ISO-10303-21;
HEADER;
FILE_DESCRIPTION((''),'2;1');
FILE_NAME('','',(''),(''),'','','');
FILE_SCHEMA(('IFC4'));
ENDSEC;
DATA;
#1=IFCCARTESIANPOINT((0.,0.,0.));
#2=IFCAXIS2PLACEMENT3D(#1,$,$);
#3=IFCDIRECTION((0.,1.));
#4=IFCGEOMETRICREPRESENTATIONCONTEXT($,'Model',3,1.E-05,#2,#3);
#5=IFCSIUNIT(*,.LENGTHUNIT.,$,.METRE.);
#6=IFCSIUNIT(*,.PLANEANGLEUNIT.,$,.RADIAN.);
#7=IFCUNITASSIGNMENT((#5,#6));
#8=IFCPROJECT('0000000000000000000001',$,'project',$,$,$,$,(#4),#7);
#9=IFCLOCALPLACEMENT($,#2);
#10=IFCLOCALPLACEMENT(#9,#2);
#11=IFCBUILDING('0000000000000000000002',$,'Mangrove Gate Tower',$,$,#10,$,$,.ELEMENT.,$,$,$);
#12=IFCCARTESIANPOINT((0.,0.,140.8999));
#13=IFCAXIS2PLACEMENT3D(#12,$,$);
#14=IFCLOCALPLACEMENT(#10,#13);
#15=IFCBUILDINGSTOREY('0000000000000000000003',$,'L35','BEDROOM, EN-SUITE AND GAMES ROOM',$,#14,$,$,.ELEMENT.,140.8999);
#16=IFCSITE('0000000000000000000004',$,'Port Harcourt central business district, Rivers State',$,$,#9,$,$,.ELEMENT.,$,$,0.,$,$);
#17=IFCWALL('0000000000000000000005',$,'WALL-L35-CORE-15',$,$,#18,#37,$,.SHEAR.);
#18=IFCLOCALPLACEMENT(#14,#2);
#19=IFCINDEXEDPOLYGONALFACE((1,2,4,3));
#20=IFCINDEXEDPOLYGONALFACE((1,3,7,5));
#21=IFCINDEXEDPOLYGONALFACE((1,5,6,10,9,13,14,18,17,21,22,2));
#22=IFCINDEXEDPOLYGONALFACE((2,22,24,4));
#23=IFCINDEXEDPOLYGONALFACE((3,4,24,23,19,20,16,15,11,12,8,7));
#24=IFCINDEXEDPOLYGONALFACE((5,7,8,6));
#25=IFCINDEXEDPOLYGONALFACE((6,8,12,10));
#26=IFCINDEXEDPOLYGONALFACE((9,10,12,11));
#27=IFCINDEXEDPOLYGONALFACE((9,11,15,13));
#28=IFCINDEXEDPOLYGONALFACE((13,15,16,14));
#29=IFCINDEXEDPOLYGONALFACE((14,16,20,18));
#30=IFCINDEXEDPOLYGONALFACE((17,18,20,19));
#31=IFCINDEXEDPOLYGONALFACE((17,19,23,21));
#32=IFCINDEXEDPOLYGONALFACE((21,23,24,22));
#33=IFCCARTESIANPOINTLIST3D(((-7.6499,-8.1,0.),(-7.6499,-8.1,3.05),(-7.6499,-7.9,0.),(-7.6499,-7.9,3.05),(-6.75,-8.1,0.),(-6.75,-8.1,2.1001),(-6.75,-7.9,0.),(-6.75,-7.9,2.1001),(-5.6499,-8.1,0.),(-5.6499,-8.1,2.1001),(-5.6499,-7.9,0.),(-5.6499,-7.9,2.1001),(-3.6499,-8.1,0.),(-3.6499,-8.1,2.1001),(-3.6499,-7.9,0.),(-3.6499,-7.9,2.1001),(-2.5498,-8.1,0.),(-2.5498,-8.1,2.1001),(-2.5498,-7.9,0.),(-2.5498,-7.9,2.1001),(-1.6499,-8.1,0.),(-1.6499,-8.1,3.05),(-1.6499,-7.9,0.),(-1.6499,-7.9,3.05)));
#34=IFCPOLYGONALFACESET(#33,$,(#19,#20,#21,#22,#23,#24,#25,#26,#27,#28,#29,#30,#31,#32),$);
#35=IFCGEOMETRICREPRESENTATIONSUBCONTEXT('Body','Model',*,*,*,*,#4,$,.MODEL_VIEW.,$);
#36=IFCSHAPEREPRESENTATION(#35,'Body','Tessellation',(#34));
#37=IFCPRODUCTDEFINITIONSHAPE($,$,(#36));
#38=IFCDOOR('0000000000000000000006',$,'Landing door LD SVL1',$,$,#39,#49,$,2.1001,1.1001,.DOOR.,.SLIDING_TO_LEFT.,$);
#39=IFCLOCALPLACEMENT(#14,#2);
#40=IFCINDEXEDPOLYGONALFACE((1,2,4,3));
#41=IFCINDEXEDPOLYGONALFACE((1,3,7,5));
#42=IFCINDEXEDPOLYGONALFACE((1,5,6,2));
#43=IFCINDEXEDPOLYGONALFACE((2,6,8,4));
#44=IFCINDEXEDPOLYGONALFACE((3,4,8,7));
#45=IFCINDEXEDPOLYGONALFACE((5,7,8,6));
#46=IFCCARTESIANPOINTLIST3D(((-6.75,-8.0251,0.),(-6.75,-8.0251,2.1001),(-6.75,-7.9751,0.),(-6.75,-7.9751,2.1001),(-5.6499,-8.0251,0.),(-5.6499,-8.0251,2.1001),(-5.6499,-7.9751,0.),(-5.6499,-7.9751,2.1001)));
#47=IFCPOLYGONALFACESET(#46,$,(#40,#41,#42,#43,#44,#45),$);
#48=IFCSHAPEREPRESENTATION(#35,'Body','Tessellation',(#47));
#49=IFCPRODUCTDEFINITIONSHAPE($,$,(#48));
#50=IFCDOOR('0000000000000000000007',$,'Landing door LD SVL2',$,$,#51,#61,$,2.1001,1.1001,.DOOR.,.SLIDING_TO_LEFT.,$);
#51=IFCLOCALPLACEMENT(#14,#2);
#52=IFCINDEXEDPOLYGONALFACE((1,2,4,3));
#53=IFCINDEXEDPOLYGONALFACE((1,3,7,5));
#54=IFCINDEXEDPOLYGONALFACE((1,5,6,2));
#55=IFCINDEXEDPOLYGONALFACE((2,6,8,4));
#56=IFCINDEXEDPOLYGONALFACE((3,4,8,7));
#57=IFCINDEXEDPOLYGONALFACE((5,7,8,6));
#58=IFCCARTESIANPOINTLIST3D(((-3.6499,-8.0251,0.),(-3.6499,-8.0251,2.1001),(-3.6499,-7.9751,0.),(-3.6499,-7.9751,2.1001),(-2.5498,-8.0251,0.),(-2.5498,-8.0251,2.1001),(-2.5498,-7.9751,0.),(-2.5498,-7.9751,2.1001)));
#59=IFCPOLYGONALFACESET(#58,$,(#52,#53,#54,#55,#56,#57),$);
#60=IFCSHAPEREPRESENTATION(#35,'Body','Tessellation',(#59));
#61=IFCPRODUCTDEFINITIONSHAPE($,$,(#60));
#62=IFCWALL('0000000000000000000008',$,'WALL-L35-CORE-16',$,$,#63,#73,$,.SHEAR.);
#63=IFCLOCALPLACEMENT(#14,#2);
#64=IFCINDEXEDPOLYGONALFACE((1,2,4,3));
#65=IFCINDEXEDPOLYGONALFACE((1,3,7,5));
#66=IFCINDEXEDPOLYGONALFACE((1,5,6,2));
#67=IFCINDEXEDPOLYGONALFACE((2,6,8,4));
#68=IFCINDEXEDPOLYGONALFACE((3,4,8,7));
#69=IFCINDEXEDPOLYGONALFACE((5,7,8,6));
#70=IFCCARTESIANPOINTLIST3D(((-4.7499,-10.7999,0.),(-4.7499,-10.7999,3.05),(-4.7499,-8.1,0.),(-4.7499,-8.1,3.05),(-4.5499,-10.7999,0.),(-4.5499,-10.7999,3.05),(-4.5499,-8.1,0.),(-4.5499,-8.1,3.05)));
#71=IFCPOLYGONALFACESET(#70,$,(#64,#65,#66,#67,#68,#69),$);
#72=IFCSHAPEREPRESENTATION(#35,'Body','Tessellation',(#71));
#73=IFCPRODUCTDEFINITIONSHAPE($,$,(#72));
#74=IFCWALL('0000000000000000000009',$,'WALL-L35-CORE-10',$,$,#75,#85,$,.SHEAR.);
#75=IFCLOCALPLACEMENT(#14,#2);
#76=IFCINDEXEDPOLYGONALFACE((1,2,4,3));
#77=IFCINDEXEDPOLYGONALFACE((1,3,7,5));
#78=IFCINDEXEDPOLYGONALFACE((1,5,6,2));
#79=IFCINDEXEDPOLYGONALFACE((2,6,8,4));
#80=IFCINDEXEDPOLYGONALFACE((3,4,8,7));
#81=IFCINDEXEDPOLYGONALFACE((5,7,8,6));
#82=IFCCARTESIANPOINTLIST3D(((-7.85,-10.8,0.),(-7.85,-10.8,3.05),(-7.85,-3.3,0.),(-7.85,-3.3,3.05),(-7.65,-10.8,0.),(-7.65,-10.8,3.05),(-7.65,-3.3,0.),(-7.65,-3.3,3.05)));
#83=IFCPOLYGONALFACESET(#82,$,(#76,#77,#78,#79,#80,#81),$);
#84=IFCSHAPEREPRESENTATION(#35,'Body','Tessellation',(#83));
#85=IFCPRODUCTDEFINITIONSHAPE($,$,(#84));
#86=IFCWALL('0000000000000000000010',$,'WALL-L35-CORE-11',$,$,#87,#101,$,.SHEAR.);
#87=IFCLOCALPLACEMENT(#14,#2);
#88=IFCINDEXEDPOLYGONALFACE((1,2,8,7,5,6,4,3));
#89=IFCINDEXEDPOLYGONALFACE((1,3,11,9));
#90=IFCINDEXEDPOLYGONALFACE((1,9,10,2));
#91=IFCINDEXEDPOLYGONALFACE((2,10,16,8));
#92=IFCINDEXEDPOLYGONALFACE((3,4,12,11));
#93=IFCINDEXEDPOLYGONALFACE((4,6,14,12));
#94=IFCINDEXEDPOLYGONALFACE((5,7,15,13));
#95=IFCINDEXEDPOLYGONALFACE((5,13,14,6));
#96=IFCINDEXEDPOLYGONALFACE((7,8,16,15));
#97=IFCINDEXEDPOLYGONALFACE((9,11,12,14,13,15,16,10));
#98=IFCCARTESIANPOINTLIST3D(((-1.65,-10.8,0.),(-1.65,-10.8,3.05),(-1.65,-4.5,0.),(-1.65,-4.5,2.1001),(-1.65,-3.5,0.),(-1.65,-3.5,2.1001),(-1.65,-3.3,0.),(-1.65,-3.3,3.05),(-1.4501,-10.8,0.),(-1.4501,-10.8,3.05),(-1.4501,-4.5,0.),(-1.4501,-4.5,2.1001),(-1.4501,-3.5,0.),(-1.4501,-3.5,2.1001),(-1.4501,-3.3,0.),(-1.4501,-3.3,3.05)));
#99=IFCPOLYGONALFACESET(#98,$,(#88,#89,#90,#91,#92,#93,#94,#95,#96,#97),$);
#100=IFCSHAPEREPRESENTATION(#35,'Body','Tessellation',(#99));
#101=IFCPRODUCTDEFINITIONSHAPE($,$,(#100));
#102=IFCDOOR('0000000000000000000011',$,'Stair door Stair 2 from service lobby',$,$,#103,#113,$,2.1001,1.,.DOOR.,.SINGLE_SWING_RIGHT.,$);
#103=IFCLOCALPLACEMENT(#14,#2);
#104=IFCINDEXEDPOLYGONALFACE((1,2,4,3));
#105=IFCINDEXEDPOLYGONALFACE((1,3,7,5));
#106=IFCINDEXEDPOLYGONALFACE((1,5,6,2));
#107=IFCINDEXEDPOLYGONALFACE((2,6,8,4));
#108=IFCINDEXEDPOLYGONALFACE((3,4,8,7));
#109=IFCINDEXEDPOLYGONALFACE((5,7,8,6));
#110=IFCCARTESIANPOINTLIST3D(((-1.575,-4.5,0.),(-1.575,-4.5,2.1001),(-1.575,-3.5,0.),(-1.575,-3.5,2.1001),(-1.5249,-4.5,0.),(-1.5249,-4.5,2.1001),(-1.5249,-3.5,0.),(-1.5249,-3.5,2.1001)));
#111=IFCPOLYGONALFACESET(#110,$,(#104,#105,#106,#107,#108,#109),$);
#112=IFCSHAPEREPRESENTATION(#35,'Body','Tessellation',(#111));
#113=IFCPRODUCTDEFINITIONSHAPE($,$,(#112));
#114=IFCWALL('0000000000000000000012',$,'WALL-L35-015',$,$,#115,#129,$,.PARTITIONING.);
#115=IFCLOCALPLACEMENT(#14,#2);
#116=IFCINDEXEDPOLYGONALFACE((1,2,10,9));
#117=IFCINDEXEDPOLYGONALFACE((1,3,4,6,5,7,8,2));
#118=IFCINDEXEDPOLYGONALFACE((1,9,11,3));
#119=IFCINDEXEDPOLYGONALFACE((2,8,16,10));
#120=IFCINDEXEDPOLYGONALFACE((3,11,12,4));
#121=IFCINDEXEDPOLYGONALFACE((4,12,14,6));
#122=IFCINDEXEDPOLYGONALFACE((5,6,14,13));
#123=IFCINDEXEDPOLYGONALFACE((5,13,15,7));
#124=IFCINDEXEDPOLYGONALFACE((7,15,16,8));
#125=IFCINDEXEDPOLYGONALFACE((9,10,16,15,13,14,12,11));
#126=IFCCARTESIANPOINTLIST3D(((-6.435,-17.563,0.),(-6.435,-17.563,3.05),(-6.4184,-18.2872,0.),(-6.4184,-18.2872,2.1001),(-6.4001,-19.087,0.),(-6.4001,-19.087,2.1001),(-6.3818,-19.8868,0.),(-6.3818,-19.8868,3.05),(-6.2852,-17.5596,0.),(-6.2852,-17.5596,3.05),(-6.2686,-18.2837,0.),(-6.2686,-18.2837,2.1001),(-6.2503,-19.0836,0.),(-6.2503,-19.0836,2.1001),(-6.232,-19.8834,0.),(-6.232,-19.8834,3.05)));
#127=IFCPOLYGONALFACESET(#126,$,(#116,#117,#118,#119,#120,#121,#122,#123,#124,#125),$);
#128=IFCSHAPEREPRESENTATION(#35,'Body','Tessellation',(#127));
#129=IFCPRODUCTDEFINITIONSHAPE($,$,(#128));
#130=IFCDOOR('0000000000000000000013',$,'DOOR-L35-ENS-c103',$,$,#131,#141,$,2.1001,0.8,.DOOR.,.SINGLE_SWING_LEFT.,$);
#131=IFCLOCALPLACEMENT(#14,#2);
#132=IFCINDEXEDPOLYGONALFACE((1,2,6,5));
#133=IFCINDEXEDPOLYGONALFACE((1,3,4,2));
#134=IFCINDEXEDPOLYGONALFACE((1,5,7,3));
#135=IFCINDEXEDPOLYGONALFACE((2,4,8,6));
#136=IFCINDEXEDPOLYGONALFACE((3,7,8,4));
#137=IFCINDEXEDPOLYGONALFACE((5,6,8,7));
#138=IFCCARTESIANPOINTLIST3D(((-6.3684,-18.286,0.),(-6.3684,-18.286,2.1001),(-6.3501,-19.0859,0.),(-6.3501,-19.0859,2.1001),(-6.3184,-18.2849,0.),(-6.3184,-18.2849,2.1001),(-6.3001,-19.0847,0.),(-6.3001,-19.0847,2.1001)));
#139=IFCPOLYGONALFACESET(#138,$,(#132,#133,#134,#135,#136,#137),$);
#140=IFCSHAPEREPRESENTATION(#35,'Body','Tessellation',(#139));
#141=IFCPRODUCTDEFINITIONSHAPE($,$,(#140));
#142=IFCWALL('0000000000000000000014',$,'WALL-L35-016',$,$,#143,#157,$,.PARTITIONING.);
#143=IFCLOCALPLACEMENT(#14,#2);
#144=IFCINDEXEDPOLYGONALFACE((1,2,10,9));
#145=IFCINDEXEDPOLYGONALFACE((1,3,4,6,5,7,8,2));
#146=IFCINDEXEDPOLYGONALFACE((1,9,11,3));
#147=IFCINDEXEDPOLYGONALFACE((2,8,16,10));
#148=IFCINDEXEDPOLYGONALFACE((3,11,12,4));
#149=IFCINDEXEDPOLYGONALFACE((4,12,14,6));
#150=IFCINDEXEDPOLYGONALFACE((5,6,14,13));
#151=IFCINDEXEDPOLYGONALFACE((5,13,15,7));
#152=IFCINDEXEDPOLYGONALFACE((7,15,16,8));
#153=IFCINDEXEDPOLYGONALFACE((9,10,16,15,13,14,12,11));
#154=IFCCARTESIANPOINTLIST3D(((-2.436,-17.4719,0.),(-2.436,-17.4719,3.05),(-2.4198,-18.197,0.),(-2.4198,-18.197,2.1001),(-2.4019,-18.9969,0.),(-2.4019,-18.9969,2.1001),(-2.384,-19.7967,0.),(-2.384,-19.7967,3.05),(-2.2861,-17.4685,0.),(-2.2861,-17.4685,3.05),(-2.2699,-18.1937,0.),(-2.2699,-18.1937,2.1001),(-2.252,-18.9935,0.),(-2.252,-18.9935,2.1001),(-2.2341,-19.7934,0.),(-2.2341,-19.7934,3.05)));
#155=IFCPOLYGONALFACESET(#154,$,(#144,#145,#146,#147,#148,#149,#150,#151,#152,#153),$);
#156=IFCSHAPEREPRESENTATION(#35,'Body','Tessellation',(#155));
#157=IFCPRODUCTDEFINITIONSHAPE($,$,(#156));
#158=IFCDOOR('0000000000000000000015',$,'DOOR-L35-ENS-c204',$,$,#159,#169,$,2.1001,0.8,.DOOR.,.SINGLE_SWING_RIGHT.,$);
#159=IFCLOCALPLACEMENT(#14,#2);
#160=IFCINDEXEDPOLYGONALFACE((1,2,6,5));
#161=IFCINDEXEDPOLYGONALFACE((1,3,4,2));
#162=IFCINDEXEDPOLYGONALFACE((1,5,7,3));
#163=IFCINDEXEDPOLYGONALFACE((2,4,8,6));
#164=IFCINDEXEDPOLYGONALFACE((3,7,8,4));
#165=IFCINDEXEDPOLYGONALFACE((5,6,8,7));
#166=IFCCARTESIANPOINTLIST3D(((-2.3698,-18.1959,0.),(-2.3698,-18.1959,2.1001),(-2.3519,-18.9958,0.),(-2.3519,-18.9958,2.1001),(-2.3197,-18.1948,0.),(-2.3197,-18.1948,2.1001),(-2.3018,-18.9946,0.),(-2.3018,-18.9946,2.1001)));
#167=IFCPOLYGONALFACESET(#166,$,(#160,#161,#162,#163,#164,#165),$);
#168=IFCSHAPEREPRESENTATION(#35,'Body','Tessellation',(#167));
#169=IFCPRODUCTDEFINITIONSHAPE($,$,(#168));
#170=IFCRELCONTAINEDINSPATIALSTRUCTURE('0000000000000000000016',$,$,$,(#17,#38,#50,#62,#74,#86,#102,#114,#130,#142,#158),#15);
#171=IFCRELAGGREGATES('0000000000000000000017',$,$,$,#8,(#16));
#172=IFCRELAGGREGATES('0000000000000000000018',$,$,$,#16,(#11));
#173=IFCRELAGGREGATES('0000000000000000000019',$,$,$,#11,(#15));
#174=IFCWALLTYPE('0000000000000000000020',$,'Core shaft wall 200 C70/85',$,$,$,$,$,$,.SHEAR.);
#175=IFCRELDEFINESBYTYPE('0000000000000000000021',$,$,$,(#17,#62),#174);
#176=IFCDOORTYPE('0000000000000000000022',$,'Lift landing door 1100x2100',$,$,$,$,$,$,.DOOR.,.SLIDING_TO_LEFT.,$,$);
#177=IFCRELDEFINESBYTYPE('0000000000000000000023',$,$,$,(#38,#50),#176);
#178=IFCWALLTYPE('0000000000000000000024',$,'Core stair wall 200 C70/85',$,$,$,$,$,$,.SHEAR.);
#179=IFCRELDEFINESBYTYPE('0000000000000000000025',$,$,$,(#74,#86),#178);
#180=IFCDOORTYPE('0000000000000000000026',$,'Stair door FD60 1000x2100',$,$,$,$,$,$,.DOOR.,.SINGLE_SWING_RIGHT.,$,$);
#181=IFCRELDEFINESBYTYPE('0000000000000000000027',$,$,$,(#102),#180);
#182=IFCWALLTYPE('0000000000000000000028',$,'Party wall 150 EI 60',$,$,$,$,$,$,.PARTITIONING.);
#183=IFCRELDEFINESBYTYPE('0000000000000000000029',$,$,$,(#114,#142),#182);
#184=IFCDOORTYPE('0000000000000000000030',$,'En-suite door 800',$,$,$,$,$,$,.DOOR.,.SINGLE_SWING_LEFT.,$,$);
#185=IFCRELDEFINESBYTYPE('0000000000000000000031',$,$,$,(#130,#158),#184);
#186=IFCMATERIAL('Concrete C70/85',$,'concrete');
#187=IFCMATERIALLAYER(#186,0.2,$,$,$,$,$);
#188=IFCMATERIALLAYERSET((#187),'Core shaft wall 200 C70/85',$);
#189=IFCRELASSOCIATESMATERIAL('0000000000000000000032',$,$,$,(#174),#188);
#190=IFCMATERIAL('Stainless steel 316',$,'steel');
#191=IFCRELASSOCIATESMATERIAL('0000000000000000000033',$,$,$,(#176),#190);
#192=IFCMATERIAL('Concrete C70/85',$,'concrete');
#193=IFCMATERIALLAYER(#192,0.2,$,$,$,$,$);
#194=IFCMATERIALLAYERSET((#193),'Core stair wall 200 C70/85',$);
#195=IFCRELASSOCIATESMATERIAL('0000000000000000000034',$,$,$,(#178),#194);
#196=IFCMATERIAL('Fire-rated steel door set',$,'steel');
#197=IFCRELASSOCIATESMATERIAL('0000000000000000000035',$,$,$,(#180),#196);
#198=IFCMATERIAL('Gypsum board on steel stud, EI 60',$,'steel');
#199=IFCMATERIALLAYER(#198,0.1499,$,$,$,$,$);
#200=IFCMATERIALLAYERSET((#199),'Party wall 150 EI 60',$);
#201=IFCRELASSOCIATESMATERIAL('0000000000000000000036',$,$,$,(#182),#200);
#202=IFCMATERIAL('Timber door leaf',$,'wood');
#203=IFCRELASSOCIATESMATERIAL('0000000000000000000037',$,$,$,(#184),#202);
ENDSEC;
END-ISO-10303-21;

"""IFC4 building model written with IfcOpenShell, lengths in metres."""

from ifc_helpers import new_model, si_unit, direction, frame, frame_2d, origin, place, context, subcontext, project, spatial, rectangle, extrude, material, layer, layer_set, type_object, element, fill, save


model = new_model("IFC4")

# Units and contexts
model_context = context("Model", 3, precision=1e-05, world=origin(), true_north=direction((0.0, 1.0)))
body_context = subcontext(model_context, "Body", "Model", "MODEL_VIEW")
ifc_project = project(units=[si_unit("LENGTHUNIT", "METRE"), si_unit("PLANEANGLEUNIT", "RADIAN")], contexts=[model_context])

# Site, building, storey
site_placement = place(None, origin())
site = spatial("IfcSite", under=ifc_project, at=site_placement, Name="Port Harcourt central business district, Rivers State", CompositionType="ELEMENT", RefElevation=0.0)
building_placement = place(site_placement, origin())
building = spatial("IfcBuilding", under=site, at=building_placement, Name="Mangrove Gate Tower", CompositionType="ELEMENT")
storey_placement = place(building_placement, frame((0.0, 0.0, 140.8999)))
storey = spatial("IfcBuildingStorey", under=building, at=storey_placement, Name="L35", Description="BEDROOM, EN-SUITE AND GAMES ROOM", CompositionType="ELEMENT", Elevation=140.8999)

# Wall, openings, doors
ifc_material_1 = material(Name="Concrete C70/85", Category="concrete")
ifc_layer_1 = layer(ifc_material_1, 0.2)
ifc_layer_set_1 = layer_set([ifc_layer_1], Name="Core shaft wall 200 C70/85")
wall_type_1 = type_object("IfcWallType", Name="Core shaft wall 200 C70/85", PredefinedType="SHEAR", material=ifc_layer_set_1)
wall_1_placement = place(storey_placement, frame((-7.6499, -8.0, 0.0), z_axis=(0.0, 0.0, 1.0), x_axis=(1.0, 0.0, 0.0)))
wall_1 = element("IfcWall", 1, at=wall_1_placement, inside=storey, type_object=wall_type_1, Name="WALL-L35-CORE-15", PredefinedType="SHEAR", context=body_context, shape_type="SweptSolid", body=[
    extrude(rectangle(XDim=6.0, YDim=0.2, at=frame_2d((3.0, 0.0))), origin(), (0.0, 0.0, 1.0), 3.05),
])
opening_1_placement = place(wall_1_placement, frame((0.8999, 0.0, 0.0)))
opening_1 = element("IfcOpeningElement", 2, at=opening_1_placement, cuts=wall_1, PredefinedType="OPENING", context=body_context, shape_type="SweptSolid", body=[
    extrude(rectangle(XDim=1.1001, YDim=2.1001, at=frame_2d((0.55, 1.05))), frame((0.0, 0.1099, 0.0), z_axis=(0.0, -1.0, 0.0), x_axis=(1.0, 0.0, 0.0)), (0.0, 0.0, 1.0), 0.22),
])
opening_2_placement = place(wall_1_placement, frame((4.0, 0.0, 0.0)))
opening_2 = element("IfcOpeningElement", 3, at=opening_2_placement, cuts=wall_1, PredefinedType="OPENING", context=body_context, shape_type="SweptSolid", body=[
    extrude(rectangle(XDim=1.1001, YDim=2.1001, at=frame_2d((0.55, 1.05))), frame((0.0, 0.1099, 0.0), z_axis=(0.0, -1.0, 0.0), x_axis=(1.0, 0.0, 0.0)), (0.0, 0.0, 1.0), 0.22),
])
ifc_material_2 = material(Name="Stainless steel 316", Category="steel")
door_type_1 = type_object("IfcDoorType", Name="Lift landing door 1100x2100", OperationType="SLIDING_TO_LEFT", PredefinedType="DOOR", material=ifc_material_2)
door_1_placement = place(opening_1_placement, origin())
door_1 = element("IfcDoor", 4, at=door_1_placement, inside=storey, type_object=door_type_1, Name="Landing door LD SVL1", OperationType="SLIDING_TO_LEFT", OverallHeight=2.1001, OverallWidth=1.1001, PredefinedType="DOOR", context=body_context, shape_type="SweptSolid", body=[
    extrude(rectangle(XDim=1.1001, YDim=2.1001, at=frame_2d((0.55, 1.05))), frame((0.0, 0.0249, 0.0), z_axis=(0.0, -1.0, 0.0), x_axis=(1.0, 0.0, 0.0)), (0.0, 0.0, 1.0), 0.05),
])
fill(opening_1, door_1)
door_2_placement = place(opening_2_placement, origin())
door_2 = element("IfcDoor", 5, at=door_2_placement, inside=storey, type_object=door_type_1, Name="Landing door LD SVL2", OperationType="SLIDING_TO_LEFT", OverallHeight=2.1001, OverallWidth=1.1001, PredefinedType="DOOR", context=body_context, shape_type="SweptSolid", body=[
    extrude(rectangle(XDim=1.1001, YDim=2.1001, at=frame_2d((0.55, 1.05))), frame((0.0, 0.0249, 0.0), z_axis=(0.0, -1.0, 0.0), x_axis=(1.0, 0.0, 0.0)), (0.0, 0.0, 1.0), 0.05),
])
fill(opening_2, door_2)

# Walls
wall_2_placement = place(storey_placement, frame((-4.6499, -10.8, 0.0), z_axis=(0.0, 0.0, 1.0), x_axis=(0.0, 1.0, 0.0)))
element("IfcWall", 6, at=wall_2_placement, inside=storey, type_object=wall_type_1, Name="WALL-L35-CORE-16", PredefinedType="SHEAR", context=body_context, shape_type="SweptSolid", body=[
    extrude(rectangle(XDim=2.7, YDim=0.2, at=frame_2d((1.3501, 0.0))), origin(), (0.0, 0.0, 1.0), 3.05),
])
ifc_material_3 = material(Name="Concrete C70/85", Category="concrete")
ifc_layer_2 = layer(ifc_material_3, 0.2)
ifc_layer_set_2 = layer_set([ifc_layer_2], Name="Core stair wall 200 C70/85")
wall_type_2 = type_object("IfcWallType", Name="Core stair wall 200 C70/85", PredefinedType="SHEAR", material=ifc_layer_set_2)
wall_3_placement = place(storey_placement, frame((-7.75, -10.8, 0.0), z_axis=(0.0, 0.0, 1.0), x_axis=(0.0, 1.0, 0.0)))
element("IfcWall", 7, at=wall_3_placement, inside=storey, type_object=wall_type_2, Name="WALL-L35-CORE-10", PredefinedType="SHEAR", context=body_context, shape_type="SweptSolid", body=[
    extrude(rectangle(XDim=7.5, YDim=0.2, at=frame_2d((3.75, 0.0))), origin(), (0.0, 0.0, 1.0), 3.05),
])

# Walls, openings, doors
wall_4_placement = place(storey_placement, frame((-1.55, -10.8, 0.0), z_axis=(0.0, 0.0, 1.0), x_axis=(0.0, 1.0, 0.0)))
wall_4 = element("IfcWall", 8, at=wall_4_placement, inside=storey, type_object=wall_type_2, Name="WALL-L35-CORE-11", PredefinedType="SHEAR", context=body_context, shape_type="SweptSolid", body=[
    extrude(rectangle(XDim=7.5, YDim=0.2, at=frame_2d((3.75, 0.0))), origin(), (0.0, 0.0, 1.0), 3.05),
])
opening_3_placement = place(wall_4_placement, frame((6.3, 0.0, 0.0)))
opening_3 = element("IfcOpeningElement", 9, at=opening_3_placement, cuts=wall_4, PredefinedType="OPENING", context=body_context, shape_type="SweptSolid", body=[
    extrude(rectangle(XDim=1.0, YDim=2.1001, at=frame_2d((0.5, 1.05))), frame((0.0, 0.1099, 0.0), z_axis=(0.0, -1.0, 0.0), x_axis=(1.0, 0.0, 0.0)), (0.0, 0.0, 1.0), 0.22),
])
ifc_material_4 = material(Name="Fire-rated steel door set", Category="steel")
door_type_2 = type_object("IfcDoorType", Name="Stair door FD60 1000x2100", OperationType="SINGLE_SWING_RIGHT", PredefinedType="DOOR", material=ifc_material_4)
door_3_placement = place(opening_3_placement, origin())
door_3 = element("IfcDoor", 10, at=door_3_placement, inside=storey, type_object=door_type_2, Name="Stair door Stair 2 from service lobby", OperationType="SINGLE_SWING_RIGHT", OverallHeight=2.1001, OverallWidth=1.0, PredefinedType="DOOR", context=body_context, shape_type="SweptSolid", body=[
    extrude(rectangle(XDim=1.0, YDim=2.1001, at=frame_2d((0.5, 1.05))), frame((0.0, 0.0249, 0.0), z_axis=(0.0, -1.0, 0.0), x_axis=(1.0, 0.0, 0.0)), (0.0, 0.0, 1.0), 0.05),
])
fill(opening_3, door_3)
ifc_material_5 = material(Name="Gypsum board on steel stud, EI 60", Category="steel")
ifc_layer_3 = layer(ifc_material_5, 0.1499)
ifc_layer_set_3 = layer_set([ifc_layer_3], Name="Party wall 150 EI 60")
wall_type_3 = type_object("IfcWallType", Name="Party wall 150 EI 60", PredefinedType="PARTITIONING", material=ifc_layer_set_3)
wall_5_placement = place(storey_placement, frame((-6.3069, -19.885, 0.0), z_axis=(0.0, 0.0, 1.0), x_axis=(-0.022896, 0.999738, 0.0)))
wall_5 = element("IfcWall", 11, at=wall_5_placement, inside=storey, type_object=wall_type_3, Name="WALL-L35-015", PredefinedType="PARTITIONING", context=body_context, shape_type="SweptSolid", body=[
    extrude(rectangle(XDim=2.3245, YDim=0.1499, at=frame_2d((1.1621, 0.0))), origin(), (0.0, 0.0, 1.0), 3.05),
])
opening_4_placement = place(wall_5_placement, frame((0.8, 0.0, 0.0)))
opening_4 = element("IfcOpeningElement", 12, at=opening_4_placement, cuts=wall_5, PredefinedType="OPENING", context=body_context, shape_type="SweptSolid", body=[
    extrude(rectangle(XDim=0.8, YDim=2.1001, at=frame_2d((0.3999, 1.05))), frame((0.0, 0.085, 0.0), z_axis=(0.0, -1.0, 0.0), x_axis=(1.0, 0.0, 0.0)), (0.0, 0.0, 1.0), 0.1699),
])
ifc_material_6 = material(Name="Timber door leaf", Category="wood")
door_type_3 = type_object("IfcDoorType", Name="En-suite door 800", OperationType="SINGLE_SWING_LEFT", PredefinedType="DOOR", material=ifc_material_6)
door_4_placement = place(opening_4_placement, origin())
door_4 = element("IfcDoor", 13, at=door_4_placement, inside=storey, type_object=door_type_3, Name="DOOR-L35-ENS-c103", OperationType="SINGLE_SWING_LEFT", OverallHeight=2.1001, OverallWidth=0.8, PredefinedType="DOOR", context=body_context, shape_type="SweptSolid", body=[
    extrude(rectangle(XDim=0.8, YDim=2.1001, at=frame_2d((0.3999, 1.05))), frame((0.0, 0.0249, 0.0), z_axis=(0.0, -1.0, 0.0), x_axis=(1.0, 0.0, 0.0)), (0.0, 0.0, 1.0), 0.05),
])
fill(opening_4, door_4)
wall_6_placement = place(storey_placement, frame((-2.3091, -19.7949, 0.0), z_axis=(0.0, 0.0, 1.0), x_axis=(-0.022361, 0.99975, 0.0)))
wall_6 = element("IfcWall", 14, at=wall_6_placement, inside=storey, type_object=wall_type_3, Name="WALL-L35-016", PredefinedType="PARTITIONING", context=body_context, shape_type="SweptSolid", body=[
    extrude(rectangle(XDim=2.3254, YDim=0.1499, at=frame_2d((1.1626, 0.0))), origin(), (0.0, 0.0, 1.0), 3.05),
])
opening_5_placement = place(wall_6_placement, frame((0.8, 0.0, 0.0)))
opening_5 = element("IfcOpeningElement", 15, at=opening_5_placement, cuts=wall_6, PredefinedType="OPENING", context=body_context, shape_type="SweptSolid", body=[
    extrude(rectangle(XDim=0.8, YDim=2.1001, at=frame_2d((0.3999, 1.05))), frame((0.0, 0.085, 0.0), z_axis=(0.0, -1.0, 0.0), x_axis=(1.0, 0.0, 0.0)), (0.0, 0.0, 1.0), 0.1699),
])
door_5_placement = place(opening_5_placement, origin())
door_5 = element("IfcDoor", 16, at=door_5_placement, inside=storey, type_object=door_type_3, Name="DOOR-L35-ENS-c204", OperationType="SINGLE_SWING_RIGHT", OverallHeight=2.1001, OverallWidth=0.8, PredefinedType="DOOR", context=body_context, shape_type="SweptSolid", body=[
    extrude(rectangle(XDim=0.8, YDim=2.1001, at=frame_2d((0.3999, 1.05))), frame((0.0, 0.0249, 0.0), z_axis=(0.0, -1.0, 0.0), x_axis=(1.0, 0.0, 0.0)), (0.0, 0.0, 1.0), 0.05),
])
fill(opening_5, door_5)

save(model, "model.ifc")
